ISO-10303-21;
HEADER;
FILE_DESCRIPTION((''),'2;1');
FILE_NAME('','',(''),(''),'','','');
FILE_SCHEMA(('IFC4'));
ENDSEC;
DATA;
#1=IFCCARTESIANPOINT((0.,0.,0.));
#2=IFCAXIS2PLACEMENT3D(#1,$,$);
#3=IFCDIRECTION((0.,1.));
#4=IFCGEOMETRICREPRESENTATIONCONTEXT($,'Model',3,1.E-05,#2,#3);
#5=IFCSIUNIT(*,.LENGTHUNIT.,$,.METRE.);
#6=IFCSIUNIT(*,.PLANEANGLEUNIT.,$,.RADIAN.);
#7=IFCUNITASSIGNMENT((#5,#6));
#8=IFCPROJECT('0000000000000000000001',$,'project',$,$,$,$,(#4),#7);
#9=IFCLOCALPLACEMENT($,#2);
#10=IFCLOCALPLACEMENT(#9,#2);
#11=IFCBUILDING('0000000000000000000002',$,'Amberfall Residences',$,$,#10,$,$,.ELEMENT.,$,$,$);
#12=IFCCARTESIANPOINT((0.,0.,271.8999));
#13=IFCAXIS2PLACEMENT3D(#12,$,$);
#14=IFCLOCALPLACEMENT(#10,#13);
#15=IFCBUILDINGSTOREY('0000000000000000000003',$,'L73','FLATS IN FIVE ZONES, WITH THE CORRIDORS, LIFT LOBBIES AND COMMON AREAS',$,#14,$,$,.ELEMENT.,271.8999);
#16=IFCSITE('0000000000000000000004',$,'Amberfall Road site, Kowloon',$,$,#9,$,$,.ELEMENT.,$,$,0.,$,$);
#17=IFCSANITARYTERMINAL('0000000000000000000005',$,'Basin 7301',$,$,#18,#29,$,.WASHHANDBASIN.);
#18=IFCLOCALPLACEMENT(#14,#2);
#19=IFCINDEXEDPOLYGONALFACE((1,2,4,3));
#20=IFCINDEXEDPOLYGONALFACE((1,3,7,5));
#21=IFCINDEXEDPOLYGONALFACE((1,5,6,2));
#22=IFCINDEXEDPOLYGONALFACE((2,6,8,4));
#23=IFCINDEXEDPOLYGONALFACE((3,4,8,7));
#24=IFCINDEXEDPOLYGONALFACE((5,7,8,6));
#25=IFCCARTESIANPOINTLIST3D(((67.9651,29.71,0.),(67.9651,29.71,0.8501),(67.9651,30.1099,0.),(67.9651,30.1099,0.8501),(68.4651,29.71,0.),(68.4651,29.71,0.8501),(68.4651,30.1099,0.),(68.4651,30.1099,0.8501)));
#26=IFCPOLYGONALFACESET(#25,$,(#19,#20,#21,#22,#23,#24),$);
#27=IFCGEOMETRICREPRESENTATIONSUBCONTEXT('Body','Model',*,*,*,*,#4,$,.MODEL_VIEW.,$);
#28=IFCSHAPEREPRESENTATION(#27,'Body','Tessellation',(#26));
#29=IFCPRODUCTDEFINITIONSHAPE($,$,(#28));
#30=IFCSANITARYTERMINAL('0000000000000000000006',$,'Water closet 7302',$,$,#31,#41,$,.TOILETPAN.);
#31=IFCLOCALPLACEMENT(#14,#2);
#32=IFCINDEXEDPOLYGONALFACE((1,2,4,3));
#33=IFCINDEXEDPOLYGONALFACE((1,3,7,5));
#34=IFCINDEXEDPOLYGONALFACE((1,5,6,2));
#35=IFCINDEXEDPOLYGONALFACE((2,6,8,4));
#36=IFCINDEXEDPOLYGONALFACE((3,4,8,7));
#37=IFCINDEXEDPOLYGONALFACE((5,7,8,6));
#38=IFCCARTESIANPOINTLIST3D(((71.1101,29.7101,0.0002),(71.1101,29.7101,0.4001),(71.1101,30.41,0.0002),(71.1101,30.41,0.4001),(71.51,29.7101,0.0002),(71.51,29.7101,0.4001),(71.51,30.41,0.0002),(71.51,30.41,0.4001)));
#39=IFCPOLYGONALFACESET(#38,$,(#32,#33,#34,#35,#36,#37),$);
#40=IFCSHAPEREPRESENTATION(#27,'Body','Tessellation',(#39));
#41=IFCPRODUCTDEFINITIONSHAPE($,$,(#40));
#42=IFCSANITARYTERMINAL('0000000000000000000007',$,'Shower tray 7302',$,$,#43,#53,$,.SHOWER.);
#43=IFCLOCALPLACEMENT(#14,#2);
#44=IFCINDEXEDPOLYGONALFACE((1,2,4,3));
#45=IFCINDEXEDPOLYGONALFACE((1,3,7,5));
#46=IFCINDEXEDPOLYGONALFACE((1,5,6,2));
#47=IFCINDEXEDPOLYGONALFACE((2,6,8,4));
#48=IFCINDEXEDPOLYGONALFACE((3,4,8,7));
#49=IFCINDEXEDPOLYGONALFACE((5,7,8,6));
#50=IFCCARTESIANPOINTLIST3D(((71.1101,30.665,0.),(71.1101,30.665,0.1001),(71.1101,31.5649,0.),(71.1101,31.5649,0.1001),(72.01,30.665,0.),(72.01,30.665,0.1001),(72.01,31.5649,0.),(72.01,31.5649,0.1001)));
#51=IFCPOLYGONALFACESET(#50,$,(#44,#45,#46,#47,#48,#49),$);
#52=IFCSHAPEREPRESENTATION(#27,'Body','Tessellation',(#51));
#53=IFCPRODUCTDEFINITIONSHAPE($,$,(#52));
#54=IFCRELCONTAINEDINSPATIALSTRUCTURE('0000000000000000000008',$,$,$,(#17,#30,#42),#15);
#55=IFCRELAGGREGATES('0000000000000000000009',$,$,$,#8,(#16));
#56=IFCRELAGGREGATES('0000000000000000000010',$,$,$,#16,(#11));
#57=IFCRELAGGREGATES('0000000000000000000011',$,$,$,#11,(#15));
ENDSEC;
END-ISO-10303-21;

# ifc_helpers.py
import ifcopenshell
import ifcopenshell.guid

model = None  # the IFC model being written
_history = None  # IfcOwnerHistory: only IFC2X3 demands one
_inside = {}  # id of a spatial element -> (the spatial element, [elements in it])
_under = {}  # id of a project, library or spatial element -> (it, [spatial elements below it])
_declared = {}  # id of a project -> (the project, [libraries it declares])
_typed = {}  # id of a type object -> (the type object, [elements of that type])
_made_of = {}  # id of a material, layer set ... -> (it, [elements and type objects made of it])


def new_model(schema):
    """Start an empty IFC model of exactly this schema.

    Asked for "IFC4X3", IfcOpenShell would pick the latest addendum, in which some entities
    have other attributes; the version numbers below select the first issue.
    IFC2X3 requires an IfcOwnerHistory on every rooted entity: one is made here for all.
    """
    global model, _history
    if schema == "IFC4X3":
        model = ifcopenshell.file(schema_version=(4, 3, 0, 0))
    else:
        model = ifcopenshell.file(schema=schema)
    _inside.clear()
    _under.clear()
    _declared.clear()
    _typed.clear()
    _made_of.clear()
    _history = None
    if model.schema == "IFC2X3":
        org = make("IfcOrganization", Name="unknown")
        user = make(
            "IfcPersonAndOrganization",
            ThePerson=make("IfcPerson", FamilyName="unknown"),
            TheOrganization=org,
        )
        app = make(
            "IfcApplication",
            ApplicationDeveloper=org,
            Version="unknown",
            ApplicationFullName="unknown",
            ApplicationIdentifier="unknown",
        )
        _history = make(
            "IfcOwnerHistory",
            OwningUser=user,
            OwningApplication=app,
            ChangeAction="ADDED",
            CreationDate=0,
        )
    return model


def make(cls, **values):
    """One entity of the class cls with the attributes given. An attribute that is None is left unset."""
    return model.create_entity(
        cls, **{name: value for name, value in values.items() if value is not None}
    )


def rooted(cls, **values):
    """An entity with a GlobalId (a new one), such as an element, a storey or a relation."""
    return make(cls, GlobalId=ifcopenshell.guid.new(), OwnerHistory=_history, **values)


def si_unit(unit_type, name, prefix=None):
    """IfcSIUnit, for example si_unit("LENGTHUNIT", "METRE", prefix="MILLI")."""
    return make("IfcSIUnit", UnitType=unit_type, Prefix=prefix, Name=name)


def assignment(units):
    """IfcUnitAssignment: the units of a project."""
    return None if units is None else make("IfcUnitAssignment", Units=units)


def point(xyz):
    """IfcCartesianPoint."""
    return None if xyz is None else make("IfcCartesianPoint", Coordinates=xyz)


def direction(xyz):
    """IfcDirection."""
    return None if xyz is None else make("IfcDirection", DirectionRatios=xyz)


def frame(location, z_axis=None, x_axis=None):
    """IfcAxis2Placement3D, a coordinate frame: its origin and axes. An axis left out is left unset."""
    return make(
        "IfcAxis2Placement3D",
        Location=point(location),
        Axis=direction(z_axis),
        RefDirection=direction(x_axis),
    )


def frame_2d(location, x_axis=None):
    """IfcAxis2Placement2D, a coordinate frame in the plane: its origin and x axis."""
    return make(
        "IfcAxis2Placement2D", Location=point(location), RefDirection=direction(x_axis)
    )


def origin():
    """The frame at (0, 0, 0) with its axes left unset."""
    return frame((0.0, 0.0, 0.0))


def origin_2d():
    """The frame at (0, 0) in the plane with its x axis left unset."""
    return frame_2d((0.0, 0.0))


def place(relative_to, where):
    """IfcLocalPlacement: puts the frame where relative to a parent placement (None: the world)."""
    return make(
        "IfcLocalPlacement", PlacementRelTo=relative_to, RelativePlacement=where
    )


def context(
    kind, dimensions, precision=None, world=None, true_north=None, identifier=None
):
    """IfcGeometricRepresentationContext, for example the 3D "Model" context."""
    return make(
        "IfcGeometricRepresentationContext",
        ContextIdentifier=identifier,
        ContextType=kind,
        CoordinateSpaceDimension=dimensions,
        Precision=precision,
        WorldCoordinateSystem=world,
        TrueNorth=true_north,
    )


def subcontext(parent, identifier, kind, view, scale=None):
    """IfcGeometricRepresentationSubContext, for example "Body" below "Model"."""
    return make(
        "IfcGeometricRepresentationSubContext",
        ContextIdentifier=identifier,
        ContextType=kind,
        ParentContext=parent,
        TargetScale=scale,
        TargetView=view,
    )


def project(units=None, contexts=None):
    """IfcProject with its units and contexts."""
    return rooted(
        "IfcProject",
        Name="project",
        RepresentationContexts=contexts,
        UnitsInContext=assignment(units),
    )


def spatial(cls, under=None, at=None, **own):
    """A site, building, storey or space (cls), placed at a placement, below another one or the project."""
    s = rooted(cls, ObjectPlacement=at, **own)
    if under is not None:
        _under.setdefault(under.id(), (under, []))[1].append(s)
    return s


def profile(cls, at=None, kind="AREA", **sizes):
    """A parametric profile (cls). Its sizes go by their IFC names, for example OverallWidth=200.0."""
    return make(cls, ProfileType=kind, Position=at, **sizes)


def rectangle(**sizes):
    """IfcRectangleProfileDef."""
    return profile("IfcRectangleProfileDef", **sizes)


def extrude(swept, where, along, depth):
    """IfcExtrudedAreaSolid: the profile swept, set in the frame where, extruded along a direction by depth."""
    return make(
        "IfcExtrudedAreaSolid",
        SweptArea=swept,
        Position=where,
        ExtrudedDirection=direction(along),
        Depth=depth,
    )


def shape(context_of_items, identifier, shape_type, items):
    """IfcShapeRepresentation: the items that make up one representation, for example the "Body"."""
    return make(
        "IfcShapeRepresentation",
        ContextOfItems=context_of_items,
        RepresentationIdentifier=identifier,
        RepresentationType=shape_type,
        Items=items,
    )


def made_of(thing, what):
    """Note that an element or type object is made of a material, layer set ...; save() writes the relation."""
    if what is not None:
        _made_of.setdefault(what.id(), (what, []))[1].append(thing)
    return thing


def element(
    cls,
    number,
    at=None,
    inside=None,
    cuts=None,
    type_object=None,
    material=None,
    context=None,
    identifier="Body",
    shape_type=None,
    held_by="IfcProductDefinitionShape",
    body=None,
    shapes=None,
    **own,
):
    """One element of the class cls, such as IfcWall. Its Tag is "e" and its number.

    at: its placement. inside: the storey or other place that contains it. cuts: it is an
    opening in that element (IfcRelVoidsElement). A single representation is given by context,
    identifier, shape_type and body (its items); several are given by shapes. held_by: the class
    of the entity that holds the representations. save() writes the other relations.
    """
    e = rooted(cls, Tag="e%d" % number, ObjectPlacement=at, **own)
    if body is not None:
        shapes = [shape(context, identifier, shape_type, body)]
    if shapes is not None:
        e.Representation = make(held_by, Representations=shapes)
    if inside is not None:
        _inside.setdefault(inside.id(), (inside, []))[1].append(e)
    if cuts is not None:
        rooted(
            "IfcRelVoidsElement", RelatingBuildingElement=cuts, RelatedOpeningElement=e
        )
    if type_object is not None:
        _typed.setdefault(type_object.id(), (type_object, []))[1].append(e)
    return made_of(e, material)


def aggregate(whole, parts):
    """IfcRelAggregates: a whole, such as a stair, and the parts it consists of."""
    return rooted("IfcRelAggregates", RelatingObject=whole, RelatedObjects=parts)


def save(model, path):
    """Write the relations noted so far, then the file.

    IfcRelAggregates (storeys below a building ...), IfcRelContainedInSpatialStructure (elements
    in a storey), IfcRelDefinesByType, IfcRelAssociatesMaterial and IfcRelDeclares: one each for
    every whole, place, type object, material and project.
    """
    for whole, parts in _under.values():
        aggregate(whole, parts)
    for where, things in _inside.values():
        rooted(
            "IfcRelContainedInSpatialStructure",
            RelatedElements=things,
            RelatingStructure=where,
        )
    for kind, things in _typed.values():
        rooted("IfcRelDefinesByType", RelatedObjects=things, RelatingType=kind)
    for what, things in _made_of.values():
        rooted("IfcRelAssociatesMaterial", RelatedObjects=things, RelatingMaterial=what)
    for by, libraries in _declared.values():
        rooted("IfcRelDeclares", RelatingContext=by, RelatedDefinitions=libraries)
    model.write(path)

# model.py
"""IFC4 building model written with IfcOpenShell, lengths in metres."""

from ifc_helpers import new_model, si_unit, direction, frame, origin, origin_2d, place, context, subcontext, project, spatial, rectangle, extrude, element, save


model = new_model("IFC4")

# Units and contexts
model_context = context("Model", 3, precision=1e-05, world=origin(), true_north=direction((0.0, 1.0)))
body_context = subcontext(model_context, "Body", "Model", "MODEL_VIEW")
ifc_project = project(units=[si_unit("LENGTHUNIT", "METRE"), si_unit("PLANEANGLEUNIT", "RADIAN")], contexts=[model_context])

# Site, building, storey
site_placement = place(None, origin())
site = spatial("IfcSite", under=ifc_project, at=site_placement, Name="Amberfall Road site, Kowloon", CompositionType="ELEMENT", RefElevation=0.0)
building_placement = place(site_placement, origin())
building = spatial("IfcBuilding", under=site, at=building_placement, Name="Amberfall Residences", CompositionType="ELEMENT")
storey_placement = place(building_placement, frame((0.0, 0.0, 271.8999)))
storey = spatial("IfcBuildingStorey", under=building, at=storey_placement, Name="L73", Description="FLATS IN FIVE ZONES, WITH THE CORRIDORS, LIFT LOBBIES AND COMMON AREAS", CompositionType="ELEMENT", Elevation=271.8999)

# Sanitary terminals
sanitary_terminal_1_placement = place(storey_placement, frame((68.2151, 29.9099, 0.0), z_axis=(0.0, 0.0, 1.0), x_axis=(1.0, 0.0, 0.0)))
element("IfcSanitaryTerminal", 1, at=sanitary_terminal_1_placement, inside=storey, Name="Basin 7301", PredefinedType="WASHHANDBASIN", context=body_context, shape_type="SweptSolid", body=[
    extrude(rectangle(XDim=0.5, YDim=0.3999, at=origin_2d()), origin(), (0.0, 0.0, 1.0), 0.8501),
])
sanitary_terminal_2_placement = place(storey_placement, frame((71.3101, 30.0601, 0.0002), z_axis=(0.0, 0.0, 1.0), x_axis=(1.0, 0.0, 0.0)))
element("IfcSanitaryTerminal", 2, at=sanitary_terminal_2_placement, inside=storey, Name="Water closet 7302", PredefinedType="TOILETPAN", context=body_context, shape_type="SweptSolid", body=[
    extrude(rectangle(XDim=0.3999, YDim=0.7, at=origin_2d()), origin(), (0.0, 0.0, 1.0), 0.3999),
])
sanitary_terminal_3_placement = place(storey_placement, frame((71.5601, 31.115, 0.0), z_axis=(0.0, 0.0, 1.0), x_axis=(1.0, 0.0, 0.0)))
element("IfcSanitaryTerminal", 3, at=sanitary_terminal_3_placement, inside=storey, Name="Shower tray 7302", PredefinedType="SHOWER", context=body_context, shape_type="SweptSolid", body=[
    extrude(rectangle(XDim=0.8999, YDim=0.8999, at=origin_2d()), origin(), (0.0, 0.0, 1.0), 0.1001),
])

save(model, "model.ifc")
